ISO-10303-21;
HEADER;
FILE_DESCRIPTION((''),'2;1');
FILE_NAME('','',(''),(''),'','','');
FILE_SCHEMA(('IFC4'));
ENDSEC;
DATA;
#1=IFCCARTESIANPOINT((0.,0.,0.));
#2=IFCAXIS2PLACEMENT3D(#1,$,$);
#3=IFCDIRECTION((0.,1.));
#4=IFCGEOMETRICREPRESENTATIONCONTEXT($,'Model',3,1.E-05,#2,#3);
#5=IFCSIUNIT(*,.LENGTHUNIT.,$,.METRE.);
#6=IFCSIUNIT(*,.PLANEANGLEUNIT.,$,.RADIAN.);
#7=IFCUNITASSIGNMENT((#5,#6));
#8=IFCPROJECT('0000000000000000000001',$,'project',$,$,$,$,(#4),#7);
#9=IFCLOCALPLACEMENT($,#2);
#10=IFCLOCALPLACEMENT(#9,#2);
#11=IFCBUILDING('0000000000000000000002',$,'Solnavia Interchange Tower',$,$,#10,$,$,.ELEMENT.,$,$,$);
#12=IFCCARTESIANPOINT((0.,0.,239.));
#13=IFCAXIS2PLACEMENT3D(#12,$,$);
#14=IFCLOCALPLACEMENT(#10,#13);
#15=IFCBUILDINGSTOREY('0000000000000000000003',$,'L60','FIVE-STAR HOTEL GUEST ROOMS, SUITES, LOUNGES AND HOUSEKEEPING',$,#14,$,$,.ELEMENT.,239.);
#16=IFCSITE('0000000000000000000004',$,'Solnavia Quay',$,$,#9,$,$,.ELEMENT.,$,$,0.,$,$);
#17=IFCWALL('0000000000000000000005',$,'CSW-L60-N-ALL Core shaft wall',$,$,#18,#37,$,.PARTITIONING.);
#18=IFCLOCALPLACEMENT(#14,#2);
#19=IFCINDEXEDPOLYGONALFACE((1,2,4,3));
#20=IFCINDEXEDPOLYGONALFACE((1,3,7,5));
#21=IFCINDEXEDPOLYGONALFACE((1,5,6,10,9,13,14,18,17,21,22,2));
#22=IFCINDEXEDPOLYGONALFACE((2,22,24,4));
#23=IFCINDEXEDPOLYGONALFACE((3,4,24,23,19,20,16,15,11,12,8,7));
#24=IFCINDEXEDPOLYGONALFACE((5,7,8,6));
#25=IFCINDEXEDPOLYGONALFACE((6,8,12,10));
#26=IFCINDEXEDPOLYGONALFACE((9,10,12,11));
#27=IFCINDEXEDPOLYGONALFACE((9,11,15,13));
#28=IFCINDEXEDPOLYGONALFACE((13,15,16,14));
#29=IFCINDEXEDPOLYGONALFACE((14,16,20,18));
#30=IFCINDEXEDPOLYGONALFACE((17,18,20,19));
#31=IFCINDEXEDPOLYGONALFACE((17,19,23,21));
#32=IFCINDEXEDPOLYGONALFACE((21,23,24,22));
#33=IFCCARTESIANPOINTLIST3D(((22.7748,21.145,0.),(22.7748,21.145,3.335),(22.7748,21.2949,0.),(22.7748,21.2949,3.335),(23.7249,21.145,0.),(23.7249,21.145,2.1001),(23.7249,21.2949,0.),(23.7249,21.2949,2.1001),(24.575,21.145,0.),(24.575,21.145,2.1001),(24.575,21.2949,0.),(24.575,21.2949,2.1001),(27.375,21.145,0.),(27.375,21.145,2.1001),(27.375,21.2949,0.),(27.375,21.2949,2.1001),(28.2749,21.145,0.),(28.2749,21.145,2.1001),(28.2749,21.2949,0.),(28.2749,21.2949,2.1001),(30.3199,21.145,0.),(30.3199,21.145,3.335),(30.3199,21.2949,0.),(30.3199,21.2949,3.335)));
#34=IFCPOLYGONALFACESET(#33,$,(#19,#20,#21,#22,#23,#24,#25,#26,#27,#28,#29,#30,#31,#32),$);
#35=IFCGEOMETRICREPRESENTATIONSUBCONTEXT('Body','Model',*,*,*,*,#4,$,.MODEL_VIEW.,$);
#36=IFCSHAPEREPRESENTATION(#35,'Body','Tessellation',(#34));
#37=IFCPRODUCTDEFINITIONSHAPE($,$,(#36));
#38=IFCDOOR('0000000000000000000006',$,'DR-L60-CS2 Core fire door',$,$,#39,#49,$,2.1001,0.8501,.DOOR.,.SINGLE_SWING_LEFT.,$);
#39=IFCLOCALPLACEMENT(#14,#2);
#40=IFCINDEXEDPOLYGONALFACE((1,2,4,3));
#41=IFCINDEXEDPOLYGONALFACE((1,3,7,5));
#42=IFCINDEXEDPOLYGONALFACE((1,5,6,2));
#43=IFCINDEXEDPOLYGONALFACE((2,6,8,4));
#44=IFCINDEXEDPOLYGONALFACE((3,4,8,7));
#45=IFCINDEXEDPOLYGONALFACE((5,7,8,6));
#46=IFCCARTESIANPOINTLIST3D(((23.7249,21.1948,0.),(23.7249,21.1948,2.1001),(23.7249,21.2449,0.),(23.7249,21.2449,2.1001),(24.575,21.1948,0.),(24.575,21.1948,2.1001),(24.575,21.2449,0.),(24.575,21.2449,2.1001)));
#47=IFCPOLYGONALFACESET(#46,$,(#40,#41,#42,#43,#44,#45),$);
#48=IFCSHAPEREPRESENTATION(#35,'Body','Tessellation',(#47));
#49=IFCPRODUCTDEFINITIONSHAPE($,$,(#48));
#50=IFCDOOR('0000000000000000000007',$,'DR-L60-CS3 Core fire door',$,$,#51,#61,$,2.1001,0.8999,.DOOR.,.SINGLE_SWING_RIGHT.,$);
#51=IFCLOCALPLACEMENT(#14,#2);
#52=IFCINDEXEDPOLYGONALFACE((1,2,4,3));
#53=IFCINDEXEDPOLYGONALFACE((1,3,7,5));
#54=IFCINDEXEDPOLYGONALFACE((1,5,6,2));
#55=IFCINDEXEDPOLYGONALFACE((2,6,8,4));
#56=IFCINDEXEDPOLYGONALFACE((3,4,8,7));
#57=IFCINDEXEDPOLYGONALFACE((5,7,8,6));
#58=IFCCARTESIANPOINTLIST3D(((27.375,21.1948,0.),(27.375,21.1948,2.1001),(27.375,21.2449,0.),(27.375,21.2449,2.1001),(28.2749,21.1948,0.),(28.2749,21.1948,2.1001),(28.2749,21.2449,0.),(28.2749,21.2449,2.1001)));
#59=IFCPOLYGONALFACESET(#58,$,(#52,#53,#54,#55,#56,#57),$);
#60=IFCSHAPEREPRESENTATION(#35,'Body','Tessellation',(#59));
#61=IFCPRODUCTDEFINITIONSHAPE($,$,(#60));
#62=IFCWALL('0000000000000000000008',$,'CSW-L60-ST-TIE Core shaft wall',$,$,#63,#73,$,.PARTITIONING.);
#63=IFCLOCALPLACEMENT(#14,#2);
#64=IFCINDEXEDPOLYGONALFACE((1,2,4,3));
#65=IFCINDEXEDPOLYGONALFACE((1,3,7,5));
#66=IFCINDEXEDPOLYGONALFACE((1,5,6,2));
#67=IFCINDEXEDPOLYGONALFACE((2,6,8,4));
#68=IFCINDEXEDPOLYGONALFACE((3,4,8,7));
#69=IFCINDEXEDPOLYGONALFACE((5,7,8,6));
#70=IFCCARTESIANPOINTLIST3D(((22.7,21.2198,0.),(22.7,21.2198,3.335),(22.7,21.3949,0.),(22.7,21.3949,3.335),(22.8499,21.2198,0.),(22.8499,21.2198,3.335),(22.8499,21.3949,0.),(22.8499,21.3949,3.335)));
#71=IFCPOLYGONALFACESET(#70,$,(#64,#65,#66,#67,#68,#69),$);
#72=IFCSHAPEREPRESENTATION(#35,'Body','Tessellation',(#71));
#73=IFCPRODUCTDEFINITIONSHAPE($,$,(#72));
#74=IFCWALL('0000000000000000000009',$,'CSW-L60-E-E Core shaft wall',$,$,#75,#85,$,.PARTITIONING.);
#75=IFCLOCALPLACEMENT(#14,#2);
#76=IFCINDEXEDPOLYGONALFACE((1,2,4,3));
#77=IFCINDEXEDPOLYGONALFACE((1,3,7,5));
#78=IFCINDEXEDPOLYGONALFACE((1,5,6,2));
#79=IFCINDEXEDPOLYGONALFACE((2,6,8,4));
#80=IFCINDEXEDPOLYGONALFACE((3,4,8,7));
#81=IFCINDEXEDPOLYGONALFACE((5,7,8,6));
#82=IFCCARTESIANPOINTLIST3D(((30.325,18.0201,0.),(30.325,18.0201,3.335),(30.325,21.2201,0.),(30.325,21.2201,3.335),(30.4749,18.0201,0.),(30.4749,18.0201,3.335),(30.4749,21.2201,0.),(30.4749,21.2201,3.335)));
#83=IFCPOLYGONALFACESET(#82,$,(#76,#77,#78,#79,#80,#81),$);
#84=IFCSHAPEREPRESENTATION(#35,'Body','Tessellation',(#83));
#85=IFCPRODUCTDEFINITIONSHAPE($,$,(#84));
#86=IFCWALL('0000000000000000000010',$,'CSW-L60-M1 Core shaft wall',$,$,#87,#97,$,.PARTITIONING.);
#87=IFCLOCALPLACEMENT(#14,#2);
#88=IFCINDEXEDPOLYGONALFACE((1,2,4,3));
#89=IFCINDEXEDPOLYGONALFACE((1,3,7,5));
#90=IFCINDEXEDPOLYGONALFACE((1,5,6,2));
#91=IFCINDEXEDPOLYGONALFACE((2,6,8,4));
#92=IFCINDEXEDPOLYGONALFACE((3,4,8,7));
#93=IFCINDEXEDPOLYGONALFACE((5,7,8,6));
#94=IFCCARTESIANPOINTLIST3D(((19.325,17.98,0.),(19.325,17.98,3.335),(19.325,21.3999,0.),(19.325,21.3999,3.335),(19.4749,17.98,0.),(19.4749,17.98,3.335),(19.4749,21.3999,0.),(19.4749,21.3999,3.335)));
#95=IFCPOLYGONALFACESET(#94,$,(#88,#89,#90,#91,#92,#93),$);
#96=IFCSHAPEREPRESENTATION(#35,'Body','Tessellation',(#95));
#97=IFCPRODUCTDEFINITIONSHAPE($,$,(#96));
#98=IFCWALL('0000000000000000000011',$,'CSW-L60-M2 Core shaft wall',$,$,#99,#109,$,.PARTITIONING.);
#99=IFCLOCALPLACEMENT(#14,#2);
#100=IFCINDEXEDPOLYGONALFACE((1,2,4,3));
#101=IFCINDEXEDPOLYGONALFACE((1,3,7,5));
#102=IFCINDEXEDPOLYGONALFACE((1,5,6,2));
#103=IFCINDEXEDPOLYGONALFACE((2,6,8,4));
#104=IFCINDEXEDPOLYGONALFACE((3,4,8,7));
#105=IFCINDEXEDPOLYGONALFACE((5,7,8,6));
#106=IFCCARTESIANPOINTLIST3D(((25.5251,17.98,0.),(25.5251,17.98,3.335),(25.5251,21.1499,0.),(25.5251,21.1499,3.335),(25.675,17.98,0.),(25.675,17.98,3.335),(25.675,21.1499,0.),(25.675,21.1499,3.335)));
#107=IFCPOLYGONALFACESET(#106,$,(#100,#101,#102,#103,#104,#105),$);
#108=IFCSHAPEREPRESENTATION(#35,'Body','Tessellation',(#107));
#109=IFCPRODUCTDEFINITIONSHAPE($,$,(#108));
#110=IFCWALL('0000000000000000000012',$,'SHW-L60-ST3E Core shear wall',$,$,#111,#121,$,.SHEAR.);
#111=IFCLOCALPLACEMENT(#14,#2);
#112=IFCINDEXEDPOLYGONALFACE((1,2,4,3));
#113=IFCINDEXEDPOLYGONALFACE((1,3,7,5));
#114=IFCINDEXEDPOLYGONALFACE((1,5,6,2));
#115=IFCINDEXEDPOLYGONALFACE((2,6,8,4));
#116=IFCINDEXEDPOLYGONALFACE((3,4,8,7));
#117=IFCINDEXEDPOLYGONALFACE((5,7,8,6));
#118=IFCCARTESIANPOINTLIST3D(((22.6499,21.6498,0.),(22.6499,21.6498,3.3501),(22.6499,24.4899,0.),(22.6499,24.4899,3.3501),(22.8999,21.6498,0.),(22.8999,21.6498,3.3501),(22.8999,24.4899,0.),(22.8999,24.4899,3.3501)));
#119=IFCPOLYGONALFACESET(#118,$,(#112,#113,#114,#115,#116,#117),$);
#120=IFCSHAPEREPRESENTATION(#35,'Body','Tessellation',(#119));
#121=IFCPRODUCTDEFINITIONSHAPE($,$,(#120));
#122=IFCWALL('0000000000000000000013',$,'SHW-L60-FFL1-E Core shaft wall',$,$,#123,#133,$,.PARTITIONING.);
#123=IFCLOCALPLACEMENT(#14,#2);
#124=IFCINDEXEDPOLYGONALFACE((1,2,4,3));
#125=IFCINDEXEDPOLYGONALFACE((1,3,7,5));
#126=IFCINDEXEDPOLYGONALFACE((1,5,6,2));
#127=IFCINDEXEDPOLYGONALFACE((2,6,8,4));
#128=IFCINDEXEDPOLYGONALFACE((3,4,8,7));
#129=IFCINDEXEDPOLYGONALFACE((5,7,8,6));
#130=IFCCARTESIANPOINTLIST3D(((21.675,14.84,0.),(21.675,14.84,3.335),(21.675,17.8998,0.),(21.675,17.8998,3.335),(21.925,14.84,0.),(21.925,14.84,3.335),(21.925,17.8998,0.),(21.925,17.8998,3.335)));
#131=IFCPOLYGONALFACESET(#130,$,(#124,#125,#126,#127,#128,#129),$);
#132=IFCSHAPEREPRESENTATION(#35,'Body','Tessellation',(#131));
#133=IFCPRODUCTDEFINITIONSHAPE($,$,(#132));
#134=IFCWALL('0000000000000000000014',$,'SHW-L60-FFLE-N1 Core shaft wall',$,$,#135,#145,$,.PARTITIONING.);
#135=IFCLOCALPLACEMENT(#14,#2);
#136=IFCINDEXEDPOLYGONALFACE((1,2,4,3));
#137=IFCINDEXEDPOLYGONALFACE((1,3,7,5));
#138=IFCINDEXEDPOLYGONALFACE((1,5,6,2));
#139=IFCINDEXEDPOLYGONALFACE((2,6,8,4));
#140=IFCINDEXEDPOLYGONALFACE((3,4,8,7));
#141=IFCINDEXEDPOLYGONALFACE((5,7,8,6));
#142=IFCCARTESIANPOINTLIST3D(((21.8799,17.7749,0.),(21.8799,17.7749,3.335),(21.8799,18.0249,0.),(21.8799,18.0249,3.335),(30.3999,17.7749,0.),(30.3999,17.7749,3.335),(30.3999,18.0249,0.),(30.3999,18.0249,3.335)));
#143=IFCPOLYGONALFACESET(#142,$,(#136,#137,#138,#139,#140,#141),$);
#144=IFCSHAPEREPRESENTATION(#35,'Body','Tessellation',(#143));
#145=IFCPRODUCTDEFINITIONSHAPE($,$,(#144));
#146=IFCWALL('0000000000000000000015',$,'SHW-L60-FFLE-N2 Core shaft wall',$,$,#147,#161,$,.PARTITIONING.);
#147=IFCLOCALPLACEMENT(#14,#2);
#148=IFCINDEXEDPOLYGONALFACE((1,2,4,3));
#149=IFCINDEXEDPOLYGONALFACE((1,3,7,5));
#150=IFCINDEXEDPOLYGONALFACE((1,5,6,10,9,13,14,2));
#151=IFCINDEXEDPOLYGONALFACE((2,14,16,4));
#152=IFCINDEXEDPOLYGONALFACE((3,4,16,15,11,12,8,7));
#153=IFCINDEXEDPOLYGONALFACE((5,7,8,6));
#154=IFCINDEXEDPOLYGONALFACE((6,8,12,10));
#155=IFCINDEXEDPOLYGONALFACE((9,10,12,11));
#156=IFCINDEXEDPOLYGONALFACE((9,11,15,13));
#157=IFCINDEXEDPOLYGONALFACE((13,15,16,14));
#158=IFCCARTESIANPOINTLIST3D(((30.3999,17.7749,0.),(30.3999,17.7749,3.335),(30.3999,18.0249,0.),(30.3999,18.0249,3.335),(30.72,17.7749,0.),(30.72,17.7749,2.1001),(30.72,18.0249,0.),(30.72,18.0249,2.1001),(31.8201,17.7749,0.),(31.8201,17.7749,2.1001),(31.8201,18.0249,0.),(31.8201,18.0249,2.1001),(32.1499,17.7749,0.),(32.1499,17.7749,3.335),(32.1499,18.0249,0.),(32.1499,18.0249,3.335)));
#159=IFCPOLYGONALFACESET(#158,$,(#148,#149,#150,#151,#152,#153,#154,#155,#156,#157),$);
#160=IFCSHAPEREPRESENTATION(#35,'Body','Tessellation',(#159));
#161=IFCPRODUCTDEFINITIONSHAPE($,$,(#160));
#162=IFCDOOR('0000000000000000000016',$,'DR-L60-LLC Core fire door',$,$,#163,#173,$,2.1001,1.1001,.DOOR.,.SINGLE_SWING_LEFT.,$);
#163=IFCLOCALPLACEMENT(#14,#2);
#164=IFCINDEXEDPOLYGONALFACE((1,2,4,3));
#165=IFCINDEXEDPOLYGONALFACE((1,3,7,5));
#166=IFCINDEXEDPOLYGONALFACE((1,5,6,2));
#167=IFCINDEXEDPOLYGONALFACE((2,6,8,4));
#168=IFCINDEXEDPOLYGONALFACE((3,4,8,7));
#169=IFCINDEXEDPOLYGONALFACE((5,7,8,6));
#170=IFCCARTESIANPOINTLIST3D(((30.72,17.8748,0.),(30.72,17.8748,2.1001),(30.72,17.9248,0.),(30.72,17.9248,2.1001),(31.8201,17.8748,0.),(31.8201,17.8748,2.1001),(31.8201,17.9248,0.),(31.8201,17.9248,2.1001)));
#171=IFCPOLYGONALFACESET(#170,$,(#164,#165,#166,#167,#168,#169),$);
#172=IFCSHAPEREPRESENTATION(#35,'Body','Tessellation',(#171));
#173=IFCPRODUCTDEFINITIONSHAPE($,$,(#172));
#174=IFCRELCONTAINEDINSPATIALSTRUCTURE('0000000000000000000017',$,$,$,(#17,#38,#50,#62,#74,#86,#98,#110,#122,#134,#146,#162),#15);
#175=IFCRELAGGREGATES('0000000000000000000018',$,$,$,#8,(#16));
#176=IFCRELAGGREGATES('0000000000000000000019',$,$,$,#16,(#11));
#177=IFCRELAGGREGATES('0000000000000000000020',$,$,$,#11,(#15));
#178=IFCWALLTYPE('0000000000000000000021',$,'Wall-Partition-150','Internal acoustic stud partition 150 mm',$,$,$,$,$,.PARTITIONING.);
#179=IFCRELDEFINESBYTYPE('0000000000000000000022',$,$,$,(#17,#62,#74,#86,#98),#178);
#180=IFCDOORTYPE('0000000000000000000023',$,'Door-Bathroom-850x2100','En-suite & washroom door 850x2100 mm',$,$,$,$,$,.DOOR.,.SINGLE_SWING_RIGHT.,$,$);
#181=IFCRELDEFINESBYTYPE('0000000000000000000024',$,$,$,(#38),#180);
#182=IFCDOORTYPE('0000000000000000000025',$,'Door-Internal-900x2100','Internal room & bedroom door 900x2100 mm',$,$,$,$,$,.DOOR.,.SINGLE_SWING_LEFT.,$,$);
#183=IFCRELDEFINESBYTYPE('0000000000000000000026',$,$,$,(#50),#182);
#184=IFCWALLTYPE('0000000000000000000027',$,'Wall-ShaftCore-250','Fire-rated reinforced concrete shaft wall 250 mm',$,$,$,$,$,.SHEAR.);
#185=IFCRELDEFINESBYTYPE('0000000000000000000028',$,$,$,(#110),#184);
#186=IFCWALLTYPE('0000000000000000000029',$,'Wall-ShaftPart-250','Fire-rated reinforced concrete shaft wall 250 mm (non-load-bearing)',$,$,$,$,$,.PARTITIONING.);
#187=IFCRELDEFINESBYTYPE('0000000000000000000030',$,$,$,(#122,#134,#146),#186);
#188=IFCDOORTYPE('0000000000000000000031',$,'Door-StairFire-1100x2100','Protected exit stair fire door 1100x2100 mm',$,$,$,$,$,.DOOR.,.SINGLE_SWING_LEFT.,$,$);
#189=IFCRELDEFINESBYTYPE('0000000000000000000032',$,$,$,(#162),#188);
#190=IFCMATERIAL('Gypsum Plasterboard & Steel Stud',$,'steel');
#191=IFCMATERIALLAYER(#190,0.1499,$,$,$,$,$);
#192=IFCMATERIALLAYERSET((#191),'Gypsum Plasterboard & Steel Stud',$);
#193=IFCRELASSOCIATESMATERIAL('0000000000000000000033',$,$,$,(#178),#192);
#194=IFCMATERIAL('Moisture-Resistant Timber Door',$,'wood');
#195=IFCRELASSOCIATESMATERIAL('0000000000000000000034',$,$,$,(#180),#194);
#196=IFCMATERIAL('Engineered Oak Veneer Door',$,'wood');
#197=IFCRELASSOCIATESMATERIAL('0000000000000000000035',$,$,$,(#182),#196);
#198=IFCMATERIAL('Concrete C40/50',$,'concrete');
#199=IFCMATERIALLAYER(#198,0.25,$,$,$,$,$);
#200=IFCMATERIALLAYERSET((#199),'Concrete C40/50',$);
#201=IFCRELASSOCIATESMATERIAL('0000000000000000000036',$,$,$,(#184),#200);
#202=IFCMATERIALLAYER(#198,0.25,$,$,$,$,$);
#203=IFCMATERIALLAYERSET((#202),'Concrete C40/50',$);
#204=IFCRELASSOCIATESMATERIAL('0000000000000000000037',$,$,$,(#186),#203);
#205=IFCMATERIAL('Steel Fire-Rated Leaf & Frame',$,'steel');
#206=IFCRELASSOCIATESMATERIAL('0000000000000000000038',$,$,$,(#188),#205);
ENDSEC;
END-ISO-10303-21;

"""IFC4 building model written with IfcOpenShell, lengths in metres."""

from ifc_helpers import new_model, si_unit, direction, frame, frame_2d, origin, place, context, subcontext, project, spatial, rectangle, extrude, material, layer, layer_set, type_object, element, fill, save


model = new_model("IFC4")

# Units and contexts
model_context = context("Model", 3, precision=1e-05, world=origin(), true_north=direction((0.0, 1.0)))
body_context = subcontext(model_context, "Body", "Model", "MODEL_VIEW")
ifc_project = project(units=[si_unit("LENGTHUNIT", "METRE"), si_unit("PLANEANGLEUNIT", "RADIAN")], contexts=[model_context])

# Site, building, storey
site_placement = place(None, origin())
site = spatial("IfcSite", under=ifc_project, at=site_placement, Name="Solnavia Quay", CompositionType="ELEMENT", RefElevation=0.0)
building_placement = place(site_placement, origin())
building = spatial("IfcBuilding", under=site, at=building_placement, Name="Solnavia Interchange Tower", CompositionType="ELEMENT")
storey_placement = place(building_placement, frame((0.0, 0.0, 239.0)))
storey = spatial("IfcBuildingStorey", under=building, at=storey_placement, Name="L60", Description="FIVE-STAR HOTEL GUEST ROOMS, SUITES, LOUNGES AND HOUSEKEEPING", CompositionType="ELEMENT", Elevation=239.0)

# Wall, openings, doors
ifc_material_1 = material(Name="Gypsum Plasterboard & Steel Stud", Category="steel")
ifc_layer_1 = layer(ifc_material_1, 0.1499)
ifc_layer_set_1 = layer_set([ifc_layer_1], Name="Gypsum Plasterboard & Steel Stud")
wall_type_1 = type_object("IfcWallType", Name="Wall-Partition-150", Description="Internal acoustic stud partition 150 mm", PredefinedType="PARTITIONING", material=ifc_layer_set_1)
wall_1_placement = place(storey_placement, frame((22.7749, 21.22, 0.0), z_axis=(0.0, 0.0, 1.0), x_axis=(1.0, 0.0, 0.0)))
wall_1 = element("IfcWall", 1, at=wall_1_placement, inside=storey, type_object=wall_type_1, Name="CSW-L60-N-ALL Core shaft wall", PredefinedType="PARTITIONING", context=body_context, shape_type="SweptSolid", body=[
    extrude(rectangle(XDim=7.5452, YDim=0.1499, at=frame_2d((3.7725, 0.0))), origin(), (0.0, 0.0, 1.0), 3.335),
])
opening_1_placement = place(wall_1_placement, frame((0.95, 0.0, 0.0)))
opening_1 = element("IfcOpeningElement", 2, at=opening_1_placement, cuts=wall_1, PredefinedType="OPENING", context=body_context, shape_type="SweptSolid", body=[
    extrude(rectangle(XDim=0.8501, YDim=2.1001, at=frame_2d((0.425, 1.05))), frame((0.0, 0.085, 0.0), z_axis=(0.0, -1.0, 0.0), x_axis=(1.0, 0.0, 0.0)), (0.0, 0.0, 1.0), 0.1699),
])
opening_2_placement = place(wall_1_placement, frame((4.6001, 0.0, 0.0)))
opening_2 = element("IfcOpeningElement", 3, at=opening_2_placement, cuts=wall_1, PredefinedType="OPENING", context=body_context, shape_type="SweptSolid", body=[
    extrude(rectangle(XDim=0.8999, YDim=2.1001, at=frame_2d((0.45, 1.05))), frame((0.0, 0.085, 0.0), z_axis=(0.0, -1.0, 0.0), x_axis=(1.0, 0.0, 0.0)), (0.0, 0.0, 1.0), 0.1699),
])
ifc_material_2 = material(Name="Moisture-Resistant Timber Door", Category="wood")
door_type_1 = type_object("IfcDoorType", Name="Door-Bathroom-850x2100", Description="En-suite & washroom door 850x2100 mm", OperationType="SINGLE_SWING_RIGHT", PredefinedType="DOOR", material=ifc_material_2)
door_1_placement = place(opening_1_placement, origin())
door_1 = element("IfcDoor", 4, at=door_1_placement, inside=storey, type_object=door_type_1, Name="DR-L60-CS2 Core fire door", OperationType="SINGLE_SWING_LEFT", OverallHeight=2.1001, OverallWidth=0.8501, PredefinedType="DOOR", context=body_context, shape_type="SweptSolid", body=[
    extrude(rectangle(XDim=0.8501, YDim=2.1001, at=frame_2d((0.425, 1.05))), frame((0.0, 0.0249, 0.0), z_axis=(0.0, -1.0, 0.0), x_axis=(1.0, 0.0, 0.0)), (0.0, 0.0, 1.0), 0.05),
])
fill(opening_1, door_1)
ifc_material_3 = material(Name="Engineered Oak Veneer Door", Category="wood")
door_type_2 = type_object("IfcDoorType", Name="Door-Internal-900x2100", Description="Internal room & bedroom door 900x2100 mm", OperationType="SINGLE_SWING_LEFT", PredefinedType="DOOR", material=ifc_material_3)
door_2_placement = place(opening_2_placement, origin())
door_2 = element("IfcDoor", 5, at=door_2_placement, inside=storey, type_object=door_type_2, Name="DR-L60-CS3 Core fire door", OperationType="SINGLE_SWING_RIGHT", OverallHeight=2.1001, OverallWidth=0.8999, PredefinedType="DOOR", context=body_context, shape_type="SweptSolid", body=[
    extrude(rectangle(XDim=0.8999, YDim=2.1001, at=frame_2d((0.45, 1.05))), frame((0.0, 0.0249, 0.0), z_axis=(0.0, -1.0, 0.0), x_axis=(1.0, 0.0, 0.0)), (0.0, 0.0, 1.0), 0.05),
])
fill(opening_2, door_2)

# Walls
wall_2_placement = place(storey_placement, frame((22.7749, 21.22, 0.0), z_axis=(0.0, 0.0, 1.0), x_axis=(0.0, 1.0, 0.0)))
element("IfcWall", 6, at=wall_2_placement, inside=storey, type_object=wall_type_1, Name="CSW-L60-ST-TIE Core shaft wall", PredefinedType="PARTITIONING", context=body_context, shape_type="SweptSolid", body=[
    extrude(rectangle(XDim=0.175, YDim=0.1499, at=frame_2d((0.0874, 0.0))), origin(), (0.0, 0.0, 1.0), 3.335),
])
wall_3_placement = place(storey_placement, frame((30.3999, 18.02, 0.0), z_axis=(0.0, 0.0, 1.0), x_axis=(0.0, 1.0, 0.0)))
element("IfcWall", 7, at=wall_3_placement, inside=storey, type_object=wall_type_1, Name="CSW-L60-E-E Core shaft wall", PredefinedType="PARTITIONING", context=body_context, shape_type="SweptSolid", body=[
    extrude(rectangle(XDim=3.2, YDim=0.1499, at=frame_2d((1.6001, 0.0))), origin(), (0.0, 0.0, 1.0), 3.335),
])
wall_4_placement = place(storey_placement, frame((19.3999, 17.98, 0.0), z_axis=(0.0, 0.0, 1.0), x_axis=(0.0, 1.0, 0.0)))
element("IfcWall", 8, at=wall_4_placement, inside=storey, type_object=wall_type_1, Name="CSW-L60-M1 Core shaft wall", PredefinedType="PARTITIONING", context=body_context, shape_type="SweptSolid", body=[
    extrude(rectangle(XDim=3.4199, YDim=0.1499, at=frame_2d((1.71, 0.0))), origin(), (0.0, 0.0, 1.0), 3.335),
])
wall_5_placement = place(storey_placement, frame((25.6001, 17.98, 0.0), z_axis=(0.0, 0.0, 1.0), x_axis=(0.0, 1.0, 0.0)))
element("IfcWall", 9, at=wall_5_placement, inside=storey, type_object=wall_type_1, Name="CSW-L60-M2 Core shaft wall", PredefinedType="PARTITIONING", context=body_context, shape_type="SweptSolid", body=[
    extrude(rectangle(XDim=3.1699, YDim=0.1499, at=frame_2d((1.585, 0.0))), origin(), (0.0, 0.0, 1.0), 3.335),
])
ifc_material_4 = material(Name="Concrete C40/50", Category="concrete")
ifc_layer_2 = layer(ifc_material_4, 0.25)
ifc_layer_set_2 = layer_set([ifc_layer_2], Name="Concrete C40/50")
wall_type_2 = type_object("IfcWallType", Name="Wall-ShaftCore-250", Description="Fire-rated reinforced concrete shaft wall 250 mm", PredefinedType="SHEAR", material=ifc_layer_set_2)
wall_6_placement = place(storey_placement, frame((22.7749, 21.6499, 0.0), z_axis=(0.0, 0.0, 1.0), x_axis=(0.0, 1.0, 0.0)))
element("IfcWall", 10, at=wall_6_placement, inside=storey, type_object=wall_type_2, Name="SHW-L60-ST3E Core shear wall", PredefinedType="SHEAR", context=body_context, shape_type="SweptSolid", body=[
    extrude(rectangle(XDim=2.8401, YDim=0.25, at=frame_2d((1.4199, 0.0))), origin(), (0.0, 0.0, 1.0), 3.3501),
])
ifc_layer_3 = layer(ifc_material_4, 0.25)
ifc_layer_set_3 = layer_set([ifc_layer_3], Name="Concrete C40/50")
wall_type_3 = type_object("IfcWallType", Name="Wall-ShaftPart-250", Description="Fire-rated reinforced concrete shaft wall 250 mm (non-load-bearing)", PredefinedType="PARTITIONING", material=ifc_layer_set_3)
wall_7_placement = place(storey_placement, frame((21.8, 14.8401, 0.0), z_axis=(0.0, 0.0, 1.0), x_axis=(0.0, 1.0, 0.0)))
element("IfcWall", 11, at=wall_7_placement, inside=storey, type_object=wall_type_3, Name="SHW-L60-FFL1-E Core shaft wall", PredefinedType="PARTITIONING", context=body_context, shape_type="SweptSolid", body=[
    extrude(rectangle(XDim=3.0598, YDim=0.25, at=frame_2d((1.5298, 0.0))), origin(), (0.0, 0.0, 1.0), 3.335),
])
wall_8_placement = place(storey_placement, frame((21.8799, 17.8999, 0.0), z_axis=(0.0, 0.0, 1.0), x_axis=(1.0, 0.0, 0.0)))
element("IfcWall", 12, at=wall_8_placement, inside=storey, type_object=wall_type_3, Name="SHW-L60-FFLE-N1 Core shaft wall", PredefinedType="PARTITIONING", context=body_context, shape_type="SweptSolid", body=[
    extrude(rectangle(XDim=8.52, YDim=0.25, at=frame_2d((4.26, 0.0))), origin(), (0.0, 0.0, 1.0), 3.335),
])

# Wall, opening, door
wall_9_placement = place(storey_placement, frame((30.3999, 17.8999, 0.0), z_axis=(0.0, 0.0, 1.0), x_axis=(1.0, 0.0, 0.0)))
wall_9 = element("IfcWall", 13, at=wall_9_placement, inside=storey, type_object=wall_type_3, Name="SHW-L60-FFLE-N2 Core shaft wall", PredefinedType="PARTITIONING", context=body_context, shape_type="SweptSolid", body=[
    extrude(rectangle(XDim=1.75, YDim=0.25, at=frame_2d((0.875, 0.0))), origin(), (0.0, 0.0, 1.0), 3.335),
])
opening_3_placement = place(wall_9_placement, frame((0.3201, 0.0, 0.0)))
opening_3 = element("IfcOpeningElement", 14, at=opening_3_placement, cuts=wall_9, PredefinedType="OPENING", context=body_context, shape_type="SweptSolid", body=[
    extrude(rectangle(XDim=1.1001, YDim=2.1001, at=frame_2d((0.55, 1.05))), frame((0.0, 0.135, 0.0), z_axis=(0.0, -1.0, 0.0), x_axis=(1.0, 0.0, 0.0)), (0.0, 0.0, 1.0), 0.27),
])
ifc_material_5 = material(Name="Steel Fire-Rated Leaf & Frame", Category="steel")
door_type_3 = type_object("IfcDoorType", Name="Door-StairFire-1100x2100", Description="Protected exit stair fire door 1100x2100 mm", OperationType="SINGLE_SWING_LEFT", PredefinedType="DOOR", material=ifc_material_5)
door_3_placement = place(opening_3_placement, origin())
door_3 = element("IfcDoor", 15, at=door_3_placement, inside=storey, type_object=door_type_3, Name="DR-L60-LLC Core fire door", OperationType="SINGLE_SWING_LEFT", OverallHeight=2.1001, OverallWidth=1.1001, PredefinedType="DOOR", context=body_context, shape_type="SweptSolid", body=[
    extrude(rectangle(XDim=1.1001, YDim=2.1001, at=frame_2d((0.55, 1.05))), frame((0.0, 0.0249, 0.0), z_axis=(0.0, -1.0, 0.0), x_axis=(1.0, 0.0, 0.0)), (0.0, 0.0, 1.0), 0.05),
])
fill(opening_3, door_3)

save(model, "model.ifc")
